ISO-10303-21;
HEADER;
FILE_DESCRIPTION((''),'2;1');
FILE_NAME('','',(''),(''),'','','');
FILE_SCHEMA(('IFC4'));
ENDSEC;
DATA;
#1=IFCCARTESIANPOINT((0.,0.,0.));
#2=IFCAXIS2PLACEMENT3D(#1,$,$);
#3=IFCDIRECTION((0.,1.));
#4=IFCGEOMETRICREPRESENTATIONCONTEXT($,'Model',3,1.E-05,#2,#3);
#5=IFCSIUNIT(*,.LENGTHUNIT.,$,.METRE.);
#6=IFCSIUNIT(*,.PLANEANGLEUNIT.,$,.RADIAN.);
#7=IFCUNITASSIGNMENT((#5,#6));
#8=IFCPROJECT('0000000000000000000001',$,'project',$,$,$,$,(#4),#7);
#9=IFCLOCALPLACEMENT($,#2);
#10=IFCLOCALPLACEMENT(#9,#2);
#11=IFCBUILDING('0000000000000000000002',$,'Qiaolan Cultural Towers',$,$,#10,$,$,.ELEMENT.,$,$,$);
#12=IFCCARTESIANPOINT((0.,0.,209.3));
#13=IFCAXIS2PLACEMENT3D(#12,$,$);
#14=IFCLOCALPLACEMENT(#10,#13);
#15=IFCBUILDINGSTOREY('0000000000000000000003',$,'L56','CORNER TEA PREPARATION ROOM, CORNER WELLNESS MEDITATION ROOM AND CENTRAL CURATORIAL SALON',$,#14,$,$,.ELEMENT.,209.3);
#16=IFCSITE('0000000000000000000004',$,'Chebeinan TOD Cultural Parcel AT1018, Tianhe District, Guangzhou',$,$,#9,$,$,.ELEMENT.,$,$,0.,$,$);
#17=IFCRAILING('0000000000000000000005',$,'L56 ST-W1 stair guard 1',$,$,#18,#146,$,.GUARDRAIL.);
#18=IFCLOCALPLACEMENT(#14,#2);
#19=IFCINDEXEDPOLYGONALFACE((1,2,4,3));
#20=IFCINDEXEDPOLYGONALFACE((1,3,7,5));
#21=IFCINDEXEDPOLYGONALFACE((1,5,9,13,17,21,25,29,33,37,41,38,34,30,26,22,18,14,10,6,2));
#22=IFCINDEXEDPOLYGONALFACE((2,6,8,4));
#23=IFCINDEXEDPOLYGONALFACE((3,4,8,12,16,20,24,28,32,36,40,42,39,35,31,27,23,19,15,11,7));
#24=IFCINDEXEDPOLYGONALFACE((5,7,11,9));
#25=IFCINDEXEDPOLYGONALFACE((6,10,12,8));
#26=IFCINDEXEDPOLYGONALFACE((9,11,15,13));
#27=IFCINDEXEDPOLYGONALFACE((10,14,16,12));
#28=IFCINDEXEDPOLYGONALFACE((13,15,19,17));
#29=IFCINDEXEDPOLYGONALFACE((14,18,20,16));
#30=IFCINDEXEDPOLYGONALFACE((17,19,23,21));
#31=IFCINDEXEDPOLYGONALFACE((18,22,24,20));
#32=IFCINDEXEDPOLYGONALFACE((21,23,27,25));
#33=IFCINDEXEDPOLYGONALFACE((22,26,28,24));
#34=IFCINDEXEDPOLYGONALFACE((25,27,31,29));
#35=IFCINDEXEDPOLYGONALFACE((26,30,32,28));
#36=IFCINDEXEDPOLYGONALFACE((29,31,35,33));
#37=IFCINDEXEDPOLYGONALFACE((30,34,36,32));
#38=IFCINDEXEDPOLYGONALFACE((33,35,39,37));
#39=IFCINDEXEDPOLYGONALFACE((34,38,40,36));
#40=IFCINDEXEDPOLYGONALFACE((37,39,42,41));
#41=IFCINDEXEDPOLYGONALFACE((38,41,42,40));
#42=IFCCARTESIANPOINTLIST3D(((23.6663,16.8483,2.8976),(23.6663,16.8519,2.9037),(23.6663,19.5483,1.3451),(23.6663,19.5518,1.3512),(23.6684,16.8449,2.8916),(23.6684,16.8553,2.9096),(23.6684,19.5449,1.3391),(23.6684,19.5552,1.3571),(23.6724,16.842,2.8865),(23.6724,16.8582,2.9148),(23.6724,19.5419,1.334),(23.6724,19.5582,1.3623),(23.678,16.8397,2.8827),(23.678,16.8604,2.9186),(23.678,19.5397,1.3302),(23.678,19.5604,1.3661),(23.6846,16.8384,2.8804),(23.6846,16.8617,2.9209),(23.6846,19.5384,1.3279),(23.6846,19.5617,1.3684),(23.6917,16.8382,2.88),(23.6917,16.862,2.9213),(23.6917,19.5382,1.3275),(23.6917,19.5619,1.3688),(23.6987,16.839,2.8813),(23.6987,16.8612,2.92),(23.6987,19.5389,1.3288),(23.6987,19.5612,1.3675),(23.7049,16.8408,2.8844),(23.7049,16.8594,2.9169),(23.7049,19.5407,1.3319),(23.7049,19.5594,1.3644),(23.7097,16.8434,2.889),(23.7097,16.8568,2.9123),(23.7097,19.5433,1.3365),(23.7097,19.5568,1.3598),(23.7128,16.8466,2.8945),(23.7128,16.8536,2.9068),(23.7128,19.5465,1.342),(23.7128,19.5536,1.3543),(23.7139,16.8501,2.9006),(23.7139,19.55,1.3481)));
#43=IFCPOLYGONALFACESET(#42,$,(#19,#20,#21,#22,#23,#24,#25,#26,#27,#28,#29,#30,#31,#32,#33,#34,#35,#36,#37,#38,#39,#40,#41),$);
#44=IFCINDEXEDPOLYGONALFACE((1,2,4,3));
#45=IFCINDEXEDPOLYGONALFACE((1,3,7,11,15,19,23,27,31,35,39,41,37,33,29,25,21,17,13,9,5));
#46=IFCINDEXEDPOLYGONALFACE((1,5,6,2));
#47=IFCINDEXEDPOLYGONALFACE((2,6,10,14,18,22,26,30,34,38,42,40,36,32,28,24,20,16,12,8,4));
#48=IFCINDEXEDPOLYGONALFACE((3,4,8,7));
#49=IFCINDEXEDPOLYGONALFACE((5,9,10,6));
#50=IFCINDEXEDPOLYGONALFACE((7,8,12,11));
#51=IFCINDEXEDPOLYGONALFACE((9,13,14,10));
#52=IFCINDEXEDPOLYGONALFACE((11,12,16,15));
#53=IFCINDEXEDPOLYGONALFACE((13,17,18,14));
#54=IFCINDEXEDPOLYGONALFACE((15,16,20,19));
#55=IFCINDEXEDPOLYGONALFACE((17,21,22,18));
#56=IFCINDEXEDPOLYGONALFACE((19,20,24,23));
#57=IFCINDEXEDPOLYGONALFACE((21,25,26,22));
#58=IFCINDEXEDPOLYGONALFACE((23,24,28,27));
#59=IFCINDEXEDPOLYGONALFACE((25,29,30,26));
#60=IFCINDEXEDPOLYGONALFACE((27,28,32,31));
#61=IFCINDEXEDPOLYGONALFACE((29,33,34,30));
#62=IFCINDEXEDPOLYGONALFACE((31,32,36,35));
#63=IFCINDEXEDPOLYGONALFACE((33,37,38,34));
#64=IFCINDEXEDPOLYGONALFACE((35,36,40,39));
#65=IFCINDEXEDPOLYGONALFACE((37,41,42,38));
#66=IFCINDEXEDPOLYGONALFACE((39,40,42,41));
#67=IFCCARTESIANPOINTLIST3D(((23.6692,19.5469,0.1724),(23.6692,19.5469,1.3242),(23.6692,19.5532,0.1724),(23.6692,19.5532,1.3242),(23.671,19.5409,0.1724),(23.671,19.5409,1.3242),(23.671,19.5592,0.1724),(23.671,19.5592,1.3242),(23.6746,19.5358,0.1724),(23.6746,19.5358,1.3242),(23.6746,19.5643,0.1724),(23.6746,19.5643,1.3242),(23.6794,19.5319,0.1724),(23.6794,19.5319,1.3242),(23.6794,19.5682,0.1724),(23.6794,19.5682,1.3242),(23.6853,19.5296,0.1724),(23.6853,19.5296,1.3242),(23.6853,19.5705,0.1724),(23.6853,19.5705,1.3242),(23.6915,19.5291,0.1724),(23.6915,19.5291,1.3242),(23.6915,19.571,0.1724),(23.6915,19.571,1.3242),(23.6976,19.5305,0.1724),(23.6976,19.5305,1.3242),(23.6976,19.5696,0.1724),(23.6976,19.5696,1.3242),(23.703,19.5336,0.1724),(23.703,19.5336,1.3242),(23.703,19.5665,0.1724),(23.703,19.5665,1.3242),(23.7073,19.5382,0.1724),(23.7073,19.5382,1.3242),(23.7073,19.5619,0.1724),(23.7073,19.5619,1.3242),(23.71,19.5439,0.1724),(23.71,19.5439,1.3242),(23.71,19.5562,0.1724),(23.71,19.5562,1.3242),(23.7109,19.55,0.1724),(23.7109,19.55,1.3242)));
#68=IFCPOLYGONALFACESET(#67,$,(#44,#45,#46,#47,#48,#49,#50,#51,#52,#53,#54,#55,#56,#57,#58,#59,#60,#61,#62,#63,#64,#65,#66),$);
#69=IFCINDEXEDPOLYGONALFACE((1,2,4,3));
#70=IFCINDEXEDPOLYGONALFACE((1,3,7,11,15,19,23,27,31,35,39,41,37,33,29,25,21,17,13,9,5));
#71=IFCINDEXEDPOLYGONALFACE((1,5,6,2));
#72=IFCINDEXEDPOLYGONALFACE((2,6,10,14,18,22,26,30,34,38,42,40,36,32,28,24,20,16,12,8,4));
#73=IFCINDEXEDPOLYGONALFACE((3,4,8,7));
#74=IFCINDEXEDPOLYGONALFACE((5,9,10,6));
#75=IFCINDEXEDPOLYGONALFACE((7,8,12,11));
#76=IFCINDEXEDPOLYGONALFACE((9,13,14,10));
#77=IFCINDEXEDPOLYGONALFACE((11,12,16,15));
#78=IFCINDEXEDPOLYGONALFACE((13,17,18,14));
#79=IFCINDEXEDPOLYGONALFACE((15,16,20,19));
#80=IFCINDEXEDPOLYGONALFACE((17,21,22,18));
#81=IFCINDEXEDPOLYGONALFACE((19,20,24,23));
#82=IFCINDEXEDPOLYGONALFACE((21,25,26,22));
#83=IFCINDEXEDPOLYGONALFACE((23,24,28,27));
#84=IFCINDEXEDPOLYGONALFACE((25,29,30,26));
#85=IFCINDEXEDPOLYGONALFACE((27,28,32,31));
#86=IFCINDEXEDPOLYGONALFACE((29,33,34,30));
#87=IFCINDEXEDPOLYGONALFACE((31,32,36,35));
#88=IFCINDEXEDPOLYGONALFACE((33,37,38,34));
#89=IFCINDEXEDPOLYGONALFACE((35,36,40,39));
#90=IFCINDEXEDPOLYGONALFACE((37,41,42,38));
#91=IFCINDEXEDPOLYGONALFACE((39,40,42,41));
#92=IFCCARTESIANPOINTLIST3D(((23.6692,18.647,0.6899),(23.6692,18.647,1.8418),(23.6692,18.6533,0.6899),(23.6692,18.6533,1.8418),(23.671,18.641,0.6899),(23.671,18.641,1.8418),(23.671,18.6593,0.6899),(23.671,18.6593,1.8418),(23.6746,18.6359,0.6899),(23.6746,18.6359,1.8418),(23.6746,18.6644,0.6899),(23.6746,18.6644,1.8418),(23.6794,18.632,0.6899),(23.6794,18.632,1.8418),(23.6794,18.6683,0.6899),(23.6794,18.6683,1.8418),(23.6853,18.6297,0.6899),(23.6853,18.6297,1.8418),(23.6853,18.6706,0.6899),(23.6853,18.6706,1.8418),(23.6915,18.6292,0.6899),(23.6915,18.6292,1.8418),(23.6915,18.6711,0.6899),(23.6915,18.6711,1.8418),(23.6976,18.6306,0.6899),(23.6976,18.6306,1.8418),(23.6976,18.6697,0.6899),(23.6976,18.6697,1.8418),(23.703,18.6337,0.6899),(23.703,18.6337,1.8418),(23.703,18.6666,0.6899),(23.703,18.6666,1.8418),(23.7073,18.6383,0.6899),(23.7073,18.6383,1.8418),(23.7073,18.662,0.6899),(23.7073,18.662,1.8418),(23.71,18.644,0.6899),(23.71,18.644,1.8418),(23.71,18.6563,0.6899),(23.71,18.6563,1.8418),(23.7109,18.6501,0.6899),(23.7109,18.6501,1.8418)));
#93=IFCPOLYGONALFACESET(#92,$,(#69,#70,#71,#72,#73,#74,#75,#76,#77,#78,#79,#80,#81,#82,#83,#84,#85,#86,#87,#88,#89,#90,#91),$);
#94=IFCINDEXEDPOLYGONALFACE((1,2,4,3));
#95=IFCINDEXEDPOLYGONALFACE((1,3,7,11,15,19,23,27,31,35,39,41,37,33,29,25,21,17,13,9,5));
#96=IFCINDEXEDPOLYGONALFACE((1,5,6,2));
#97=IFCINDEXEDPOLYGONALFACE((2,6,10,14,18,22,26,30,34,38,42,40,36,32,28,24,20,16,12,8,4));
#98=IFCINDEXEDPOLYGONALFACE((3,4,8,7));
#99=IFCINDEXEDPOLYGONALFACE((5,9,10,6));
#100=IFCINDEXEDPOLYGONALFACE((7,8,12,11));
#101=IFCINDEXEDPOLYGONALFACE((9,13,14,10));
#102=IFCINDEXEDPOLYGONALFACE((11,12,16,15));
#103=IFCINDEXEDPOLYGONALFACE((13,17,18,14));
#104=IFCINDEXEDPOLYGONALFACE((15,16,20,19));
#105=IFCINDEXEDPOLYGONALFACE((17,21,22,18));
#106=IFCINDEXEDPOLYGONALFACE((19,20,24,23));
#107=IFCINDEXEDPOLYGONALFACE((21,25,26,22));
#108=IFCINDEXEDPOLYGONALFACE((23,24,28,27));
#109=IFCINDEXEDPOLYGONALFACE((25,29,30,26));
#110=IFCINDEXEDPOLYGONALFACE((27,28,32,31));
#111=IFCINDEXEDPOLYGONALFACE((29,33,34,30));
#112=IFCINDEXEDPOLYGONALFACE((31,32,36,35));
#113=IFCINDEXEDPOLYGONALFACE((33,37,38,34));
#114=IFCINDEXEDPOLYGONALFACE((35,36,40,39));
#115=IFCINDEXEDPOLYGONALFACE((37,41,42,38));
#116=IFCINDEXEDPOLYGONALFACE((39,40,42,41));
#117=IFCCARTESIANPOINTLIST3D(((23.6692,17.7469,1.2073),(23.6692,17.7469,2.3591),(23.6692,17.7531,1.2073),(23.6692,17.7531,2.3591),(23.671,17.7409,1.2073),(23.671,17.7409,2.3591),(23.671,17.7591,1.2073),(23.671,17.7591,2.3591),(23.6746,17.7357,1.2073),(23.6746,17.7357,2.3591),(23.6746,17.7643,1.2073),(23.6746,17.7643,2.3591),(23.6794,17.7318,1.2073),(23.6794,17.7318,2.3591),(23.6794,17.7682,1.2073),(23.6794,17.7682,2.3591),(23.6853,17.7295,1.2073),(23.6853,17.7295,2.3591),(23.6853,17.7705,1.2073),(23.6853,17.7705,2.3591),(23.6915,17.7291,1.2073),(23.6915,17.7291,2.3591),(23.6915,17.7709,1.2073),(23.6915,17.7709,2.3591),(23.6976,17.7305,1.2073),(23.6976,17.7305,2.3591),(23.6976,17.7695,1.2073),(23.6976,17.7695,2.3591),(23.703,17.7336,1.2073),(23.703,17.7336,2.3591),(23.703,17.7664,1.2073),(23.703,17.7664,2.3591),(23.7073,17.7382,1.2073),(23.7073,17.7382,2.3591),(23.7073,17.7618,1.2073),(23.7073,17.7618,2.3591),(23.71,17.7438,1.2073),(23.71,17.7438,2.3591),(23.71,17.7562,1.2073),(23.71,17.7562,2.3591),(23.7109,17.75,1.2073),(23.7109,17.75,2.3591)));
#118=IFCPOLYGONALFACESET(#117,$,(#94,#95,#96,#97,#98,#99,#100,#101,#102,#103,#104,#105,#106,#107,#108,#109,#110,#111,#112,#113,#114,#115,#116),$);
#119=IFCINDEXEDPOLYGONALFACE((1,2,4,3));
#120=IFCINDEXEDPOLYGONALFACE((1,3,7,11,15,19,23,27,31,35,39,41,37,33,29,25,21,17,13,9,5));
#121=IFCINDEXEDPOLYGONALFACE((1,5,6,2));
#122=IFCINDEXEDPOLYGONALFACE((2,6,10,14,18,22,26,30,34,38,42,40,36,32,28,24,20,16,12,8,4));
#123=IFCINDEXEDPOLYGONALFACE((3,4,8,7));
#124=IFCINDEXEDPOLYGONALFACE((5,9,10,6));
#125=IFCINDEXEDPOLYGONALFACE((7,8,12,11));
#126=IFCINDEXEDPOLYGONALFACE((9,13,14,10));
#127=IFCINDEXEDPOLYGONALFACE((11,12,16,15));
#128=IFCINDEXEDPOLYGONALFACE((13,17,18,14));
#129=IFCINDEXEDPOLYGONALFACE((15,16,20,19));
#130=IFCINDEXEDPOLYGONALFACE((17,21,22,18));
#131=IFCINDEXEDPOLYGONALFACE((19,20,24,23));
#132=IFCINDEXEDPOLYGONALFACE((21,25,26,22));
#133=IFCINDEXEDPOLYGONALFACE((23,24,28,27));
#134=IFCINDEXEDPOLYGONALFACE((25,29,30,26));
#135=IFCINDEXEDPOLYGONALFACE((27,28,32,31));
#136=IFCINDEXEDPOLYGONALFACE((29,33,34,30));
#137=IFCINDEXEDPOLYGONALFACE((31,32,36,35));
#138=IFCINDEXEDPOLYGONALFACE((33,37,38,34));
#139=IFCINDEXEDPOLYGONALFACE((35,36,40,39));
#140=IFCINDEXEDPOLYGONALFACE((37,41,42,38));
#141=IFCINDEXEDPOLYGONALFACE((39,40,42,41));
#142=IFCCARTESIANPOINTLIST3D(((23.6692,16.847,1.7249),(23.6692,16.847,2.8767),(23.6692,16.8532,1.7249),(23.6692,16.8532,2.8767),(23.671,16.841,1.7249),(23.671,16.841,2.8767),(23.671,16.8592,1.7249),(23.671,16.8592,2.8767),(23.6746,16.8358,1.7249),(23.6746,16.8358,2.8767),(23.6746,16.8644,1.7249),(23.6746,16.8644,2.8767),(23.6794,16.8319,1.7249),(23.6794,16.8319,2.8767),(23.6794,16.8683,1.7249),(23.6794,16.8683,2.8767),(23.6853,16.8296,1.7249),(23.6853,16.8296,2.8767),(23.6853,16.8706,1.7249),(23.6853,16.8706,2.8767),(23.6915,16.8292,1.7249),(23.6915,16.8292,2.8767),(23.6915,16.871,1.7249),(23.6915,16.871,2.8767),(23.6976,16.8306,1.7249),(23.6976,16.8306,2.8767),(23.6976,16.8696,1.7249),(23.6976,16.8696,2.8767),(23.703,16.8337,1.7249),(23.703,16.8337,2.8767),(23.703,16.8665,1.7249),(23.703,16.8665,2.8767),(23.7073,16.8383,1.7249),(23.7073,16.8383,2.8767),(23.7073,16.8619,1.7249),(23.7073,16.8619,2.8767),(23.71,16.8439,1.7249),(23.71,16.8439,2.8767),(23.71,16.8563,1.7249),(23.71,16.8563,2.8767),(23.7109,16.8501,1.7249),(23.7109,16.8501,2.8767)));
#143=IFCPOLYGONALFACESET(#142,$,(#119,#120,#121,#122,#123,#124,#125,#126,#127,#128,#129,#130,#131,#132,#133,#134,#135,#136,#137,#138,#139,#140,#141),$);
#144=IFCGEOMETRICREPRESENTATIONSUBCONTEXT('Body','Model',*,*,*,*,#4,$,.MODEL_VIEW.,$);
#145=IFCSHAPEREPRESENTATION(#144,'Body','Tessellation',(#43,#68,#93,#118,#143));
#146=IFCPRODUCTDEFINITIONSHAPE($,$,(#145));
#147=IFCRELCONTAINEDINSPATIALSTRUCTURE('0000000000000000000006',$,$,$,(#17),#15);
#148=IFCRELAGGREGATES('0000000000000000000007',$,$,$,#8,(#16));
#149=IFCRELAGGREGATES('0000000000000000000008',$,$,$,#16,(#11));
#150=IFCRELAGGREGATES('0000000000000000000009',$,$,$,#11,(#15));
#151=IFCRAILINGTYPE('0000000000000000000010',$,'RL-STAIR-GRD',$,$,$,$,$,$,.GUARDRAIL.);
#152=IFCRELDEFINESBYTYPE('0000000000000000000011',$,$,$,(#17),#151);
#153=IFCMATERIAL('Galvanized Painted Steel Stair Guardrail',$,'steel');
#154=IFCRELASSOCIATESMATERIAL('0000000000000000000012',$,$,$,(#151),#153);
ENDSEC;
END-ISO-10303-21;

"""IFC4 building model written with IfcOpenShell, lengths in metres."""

from ifc_helpers import new_model, si_unit, direction, frame, origin, origin_2d, place, context, subcontext, project, spatial, circle, extrude, material, type_object, element, save


model = new_model("IFC4")

# Units and contexts
model_context = context("Model", 3, precision=1e-05, world=origin(), true_north=direction((0.0, 1.0)))
body_context = subcontext(model_context, "Body", "Model", "MODEL_VIEW")
ifc_project = project(units=[si_unit("LENGTHUNIT", "METRE"), si_unit("PLANEANGLEUNIT", "RADIAN")], contexts=[model_context])

# Site, building, storey
site_placement = place(None, origin())
site = spatial("IfcSite", under=ifc_project, at=site_placement, Name="Chebeinan TOD Cultural Parcel AT1018, Tianhe District, Guangzhou", CompositionType="ELEMENT", RefElevation=0.0)
building_placement = place(site_placement, origin())
building = spatial("IfcBuilding", under=site, at=building_placement, Name="Qiaolan Cultural Towers", CompositionType="ELEMENT")
storey_placement = place(building_placement, frame((0.0, 0.0, 209.3)))
storey = spatial("IfcBuildingStorey", under=building, at=storey_placement, Name="L56", Description="CORNER TEA PREPARATION ROOM, CORNER WELLNESS MEDITATION ROOM AND CENTRAL CURATORIAL SALON", CompositionType="ELEMENT", Elevation=209.3)

# Railing
ifc_material_1 = material(Name="Galvanized Painted Steel Stair Guardrail", Category="steel")
railing_type_1 = type_object("IfcRailingType", Name="RL-STAIR-GRD", PredefinedType="GUARDRAIL", material=ifc_material_1)
railing_1_placement = place(storey_placement, frame((23.6899, 19.55, 0.1724)))
element("IfcRailing", 1, at=railing_1_placement, inside=storey, type_object=railing_type_1, Name="L56 ST-W1 stair guard 1", PredefinedType="GUARDRAIL", context=body_context, shape_type="SweptSolid", body=[
    extrude(circle(Radius=0.0239, at=origin_2d()), frame((0.0, 0.0, 1.1758), z_axis=(0.0, -0.866904, 0.498476), x_axis=(1.0, 0.0, 0.0)), (0.0, 0.0, 1.0), 3.1145),
    extrude(circle(Radius=0.021, at=origin_2d()), origin(), (0.0, 0.0, 1.0), 1.1519),
    extrude(circle(Radius=0.021, at=origin_2d()), frame((0.0, -0.8999, 0.5176)), (0.0, 0.0, 1.0), 1.1519),
    extrude(circle(Radius=0.021, at=origin_2d()), frame((0.0, -1.8, 1.0349)), (0.0, 0.0, 1.0), 1.1519),
    extrude(circle(Radius=0.021, at=origin_2d()), frame((0.0, -2.7, 1.5525)), (0.0, 0.0, 1.0), 1.1519),
])

save(model, "model.ifc")
